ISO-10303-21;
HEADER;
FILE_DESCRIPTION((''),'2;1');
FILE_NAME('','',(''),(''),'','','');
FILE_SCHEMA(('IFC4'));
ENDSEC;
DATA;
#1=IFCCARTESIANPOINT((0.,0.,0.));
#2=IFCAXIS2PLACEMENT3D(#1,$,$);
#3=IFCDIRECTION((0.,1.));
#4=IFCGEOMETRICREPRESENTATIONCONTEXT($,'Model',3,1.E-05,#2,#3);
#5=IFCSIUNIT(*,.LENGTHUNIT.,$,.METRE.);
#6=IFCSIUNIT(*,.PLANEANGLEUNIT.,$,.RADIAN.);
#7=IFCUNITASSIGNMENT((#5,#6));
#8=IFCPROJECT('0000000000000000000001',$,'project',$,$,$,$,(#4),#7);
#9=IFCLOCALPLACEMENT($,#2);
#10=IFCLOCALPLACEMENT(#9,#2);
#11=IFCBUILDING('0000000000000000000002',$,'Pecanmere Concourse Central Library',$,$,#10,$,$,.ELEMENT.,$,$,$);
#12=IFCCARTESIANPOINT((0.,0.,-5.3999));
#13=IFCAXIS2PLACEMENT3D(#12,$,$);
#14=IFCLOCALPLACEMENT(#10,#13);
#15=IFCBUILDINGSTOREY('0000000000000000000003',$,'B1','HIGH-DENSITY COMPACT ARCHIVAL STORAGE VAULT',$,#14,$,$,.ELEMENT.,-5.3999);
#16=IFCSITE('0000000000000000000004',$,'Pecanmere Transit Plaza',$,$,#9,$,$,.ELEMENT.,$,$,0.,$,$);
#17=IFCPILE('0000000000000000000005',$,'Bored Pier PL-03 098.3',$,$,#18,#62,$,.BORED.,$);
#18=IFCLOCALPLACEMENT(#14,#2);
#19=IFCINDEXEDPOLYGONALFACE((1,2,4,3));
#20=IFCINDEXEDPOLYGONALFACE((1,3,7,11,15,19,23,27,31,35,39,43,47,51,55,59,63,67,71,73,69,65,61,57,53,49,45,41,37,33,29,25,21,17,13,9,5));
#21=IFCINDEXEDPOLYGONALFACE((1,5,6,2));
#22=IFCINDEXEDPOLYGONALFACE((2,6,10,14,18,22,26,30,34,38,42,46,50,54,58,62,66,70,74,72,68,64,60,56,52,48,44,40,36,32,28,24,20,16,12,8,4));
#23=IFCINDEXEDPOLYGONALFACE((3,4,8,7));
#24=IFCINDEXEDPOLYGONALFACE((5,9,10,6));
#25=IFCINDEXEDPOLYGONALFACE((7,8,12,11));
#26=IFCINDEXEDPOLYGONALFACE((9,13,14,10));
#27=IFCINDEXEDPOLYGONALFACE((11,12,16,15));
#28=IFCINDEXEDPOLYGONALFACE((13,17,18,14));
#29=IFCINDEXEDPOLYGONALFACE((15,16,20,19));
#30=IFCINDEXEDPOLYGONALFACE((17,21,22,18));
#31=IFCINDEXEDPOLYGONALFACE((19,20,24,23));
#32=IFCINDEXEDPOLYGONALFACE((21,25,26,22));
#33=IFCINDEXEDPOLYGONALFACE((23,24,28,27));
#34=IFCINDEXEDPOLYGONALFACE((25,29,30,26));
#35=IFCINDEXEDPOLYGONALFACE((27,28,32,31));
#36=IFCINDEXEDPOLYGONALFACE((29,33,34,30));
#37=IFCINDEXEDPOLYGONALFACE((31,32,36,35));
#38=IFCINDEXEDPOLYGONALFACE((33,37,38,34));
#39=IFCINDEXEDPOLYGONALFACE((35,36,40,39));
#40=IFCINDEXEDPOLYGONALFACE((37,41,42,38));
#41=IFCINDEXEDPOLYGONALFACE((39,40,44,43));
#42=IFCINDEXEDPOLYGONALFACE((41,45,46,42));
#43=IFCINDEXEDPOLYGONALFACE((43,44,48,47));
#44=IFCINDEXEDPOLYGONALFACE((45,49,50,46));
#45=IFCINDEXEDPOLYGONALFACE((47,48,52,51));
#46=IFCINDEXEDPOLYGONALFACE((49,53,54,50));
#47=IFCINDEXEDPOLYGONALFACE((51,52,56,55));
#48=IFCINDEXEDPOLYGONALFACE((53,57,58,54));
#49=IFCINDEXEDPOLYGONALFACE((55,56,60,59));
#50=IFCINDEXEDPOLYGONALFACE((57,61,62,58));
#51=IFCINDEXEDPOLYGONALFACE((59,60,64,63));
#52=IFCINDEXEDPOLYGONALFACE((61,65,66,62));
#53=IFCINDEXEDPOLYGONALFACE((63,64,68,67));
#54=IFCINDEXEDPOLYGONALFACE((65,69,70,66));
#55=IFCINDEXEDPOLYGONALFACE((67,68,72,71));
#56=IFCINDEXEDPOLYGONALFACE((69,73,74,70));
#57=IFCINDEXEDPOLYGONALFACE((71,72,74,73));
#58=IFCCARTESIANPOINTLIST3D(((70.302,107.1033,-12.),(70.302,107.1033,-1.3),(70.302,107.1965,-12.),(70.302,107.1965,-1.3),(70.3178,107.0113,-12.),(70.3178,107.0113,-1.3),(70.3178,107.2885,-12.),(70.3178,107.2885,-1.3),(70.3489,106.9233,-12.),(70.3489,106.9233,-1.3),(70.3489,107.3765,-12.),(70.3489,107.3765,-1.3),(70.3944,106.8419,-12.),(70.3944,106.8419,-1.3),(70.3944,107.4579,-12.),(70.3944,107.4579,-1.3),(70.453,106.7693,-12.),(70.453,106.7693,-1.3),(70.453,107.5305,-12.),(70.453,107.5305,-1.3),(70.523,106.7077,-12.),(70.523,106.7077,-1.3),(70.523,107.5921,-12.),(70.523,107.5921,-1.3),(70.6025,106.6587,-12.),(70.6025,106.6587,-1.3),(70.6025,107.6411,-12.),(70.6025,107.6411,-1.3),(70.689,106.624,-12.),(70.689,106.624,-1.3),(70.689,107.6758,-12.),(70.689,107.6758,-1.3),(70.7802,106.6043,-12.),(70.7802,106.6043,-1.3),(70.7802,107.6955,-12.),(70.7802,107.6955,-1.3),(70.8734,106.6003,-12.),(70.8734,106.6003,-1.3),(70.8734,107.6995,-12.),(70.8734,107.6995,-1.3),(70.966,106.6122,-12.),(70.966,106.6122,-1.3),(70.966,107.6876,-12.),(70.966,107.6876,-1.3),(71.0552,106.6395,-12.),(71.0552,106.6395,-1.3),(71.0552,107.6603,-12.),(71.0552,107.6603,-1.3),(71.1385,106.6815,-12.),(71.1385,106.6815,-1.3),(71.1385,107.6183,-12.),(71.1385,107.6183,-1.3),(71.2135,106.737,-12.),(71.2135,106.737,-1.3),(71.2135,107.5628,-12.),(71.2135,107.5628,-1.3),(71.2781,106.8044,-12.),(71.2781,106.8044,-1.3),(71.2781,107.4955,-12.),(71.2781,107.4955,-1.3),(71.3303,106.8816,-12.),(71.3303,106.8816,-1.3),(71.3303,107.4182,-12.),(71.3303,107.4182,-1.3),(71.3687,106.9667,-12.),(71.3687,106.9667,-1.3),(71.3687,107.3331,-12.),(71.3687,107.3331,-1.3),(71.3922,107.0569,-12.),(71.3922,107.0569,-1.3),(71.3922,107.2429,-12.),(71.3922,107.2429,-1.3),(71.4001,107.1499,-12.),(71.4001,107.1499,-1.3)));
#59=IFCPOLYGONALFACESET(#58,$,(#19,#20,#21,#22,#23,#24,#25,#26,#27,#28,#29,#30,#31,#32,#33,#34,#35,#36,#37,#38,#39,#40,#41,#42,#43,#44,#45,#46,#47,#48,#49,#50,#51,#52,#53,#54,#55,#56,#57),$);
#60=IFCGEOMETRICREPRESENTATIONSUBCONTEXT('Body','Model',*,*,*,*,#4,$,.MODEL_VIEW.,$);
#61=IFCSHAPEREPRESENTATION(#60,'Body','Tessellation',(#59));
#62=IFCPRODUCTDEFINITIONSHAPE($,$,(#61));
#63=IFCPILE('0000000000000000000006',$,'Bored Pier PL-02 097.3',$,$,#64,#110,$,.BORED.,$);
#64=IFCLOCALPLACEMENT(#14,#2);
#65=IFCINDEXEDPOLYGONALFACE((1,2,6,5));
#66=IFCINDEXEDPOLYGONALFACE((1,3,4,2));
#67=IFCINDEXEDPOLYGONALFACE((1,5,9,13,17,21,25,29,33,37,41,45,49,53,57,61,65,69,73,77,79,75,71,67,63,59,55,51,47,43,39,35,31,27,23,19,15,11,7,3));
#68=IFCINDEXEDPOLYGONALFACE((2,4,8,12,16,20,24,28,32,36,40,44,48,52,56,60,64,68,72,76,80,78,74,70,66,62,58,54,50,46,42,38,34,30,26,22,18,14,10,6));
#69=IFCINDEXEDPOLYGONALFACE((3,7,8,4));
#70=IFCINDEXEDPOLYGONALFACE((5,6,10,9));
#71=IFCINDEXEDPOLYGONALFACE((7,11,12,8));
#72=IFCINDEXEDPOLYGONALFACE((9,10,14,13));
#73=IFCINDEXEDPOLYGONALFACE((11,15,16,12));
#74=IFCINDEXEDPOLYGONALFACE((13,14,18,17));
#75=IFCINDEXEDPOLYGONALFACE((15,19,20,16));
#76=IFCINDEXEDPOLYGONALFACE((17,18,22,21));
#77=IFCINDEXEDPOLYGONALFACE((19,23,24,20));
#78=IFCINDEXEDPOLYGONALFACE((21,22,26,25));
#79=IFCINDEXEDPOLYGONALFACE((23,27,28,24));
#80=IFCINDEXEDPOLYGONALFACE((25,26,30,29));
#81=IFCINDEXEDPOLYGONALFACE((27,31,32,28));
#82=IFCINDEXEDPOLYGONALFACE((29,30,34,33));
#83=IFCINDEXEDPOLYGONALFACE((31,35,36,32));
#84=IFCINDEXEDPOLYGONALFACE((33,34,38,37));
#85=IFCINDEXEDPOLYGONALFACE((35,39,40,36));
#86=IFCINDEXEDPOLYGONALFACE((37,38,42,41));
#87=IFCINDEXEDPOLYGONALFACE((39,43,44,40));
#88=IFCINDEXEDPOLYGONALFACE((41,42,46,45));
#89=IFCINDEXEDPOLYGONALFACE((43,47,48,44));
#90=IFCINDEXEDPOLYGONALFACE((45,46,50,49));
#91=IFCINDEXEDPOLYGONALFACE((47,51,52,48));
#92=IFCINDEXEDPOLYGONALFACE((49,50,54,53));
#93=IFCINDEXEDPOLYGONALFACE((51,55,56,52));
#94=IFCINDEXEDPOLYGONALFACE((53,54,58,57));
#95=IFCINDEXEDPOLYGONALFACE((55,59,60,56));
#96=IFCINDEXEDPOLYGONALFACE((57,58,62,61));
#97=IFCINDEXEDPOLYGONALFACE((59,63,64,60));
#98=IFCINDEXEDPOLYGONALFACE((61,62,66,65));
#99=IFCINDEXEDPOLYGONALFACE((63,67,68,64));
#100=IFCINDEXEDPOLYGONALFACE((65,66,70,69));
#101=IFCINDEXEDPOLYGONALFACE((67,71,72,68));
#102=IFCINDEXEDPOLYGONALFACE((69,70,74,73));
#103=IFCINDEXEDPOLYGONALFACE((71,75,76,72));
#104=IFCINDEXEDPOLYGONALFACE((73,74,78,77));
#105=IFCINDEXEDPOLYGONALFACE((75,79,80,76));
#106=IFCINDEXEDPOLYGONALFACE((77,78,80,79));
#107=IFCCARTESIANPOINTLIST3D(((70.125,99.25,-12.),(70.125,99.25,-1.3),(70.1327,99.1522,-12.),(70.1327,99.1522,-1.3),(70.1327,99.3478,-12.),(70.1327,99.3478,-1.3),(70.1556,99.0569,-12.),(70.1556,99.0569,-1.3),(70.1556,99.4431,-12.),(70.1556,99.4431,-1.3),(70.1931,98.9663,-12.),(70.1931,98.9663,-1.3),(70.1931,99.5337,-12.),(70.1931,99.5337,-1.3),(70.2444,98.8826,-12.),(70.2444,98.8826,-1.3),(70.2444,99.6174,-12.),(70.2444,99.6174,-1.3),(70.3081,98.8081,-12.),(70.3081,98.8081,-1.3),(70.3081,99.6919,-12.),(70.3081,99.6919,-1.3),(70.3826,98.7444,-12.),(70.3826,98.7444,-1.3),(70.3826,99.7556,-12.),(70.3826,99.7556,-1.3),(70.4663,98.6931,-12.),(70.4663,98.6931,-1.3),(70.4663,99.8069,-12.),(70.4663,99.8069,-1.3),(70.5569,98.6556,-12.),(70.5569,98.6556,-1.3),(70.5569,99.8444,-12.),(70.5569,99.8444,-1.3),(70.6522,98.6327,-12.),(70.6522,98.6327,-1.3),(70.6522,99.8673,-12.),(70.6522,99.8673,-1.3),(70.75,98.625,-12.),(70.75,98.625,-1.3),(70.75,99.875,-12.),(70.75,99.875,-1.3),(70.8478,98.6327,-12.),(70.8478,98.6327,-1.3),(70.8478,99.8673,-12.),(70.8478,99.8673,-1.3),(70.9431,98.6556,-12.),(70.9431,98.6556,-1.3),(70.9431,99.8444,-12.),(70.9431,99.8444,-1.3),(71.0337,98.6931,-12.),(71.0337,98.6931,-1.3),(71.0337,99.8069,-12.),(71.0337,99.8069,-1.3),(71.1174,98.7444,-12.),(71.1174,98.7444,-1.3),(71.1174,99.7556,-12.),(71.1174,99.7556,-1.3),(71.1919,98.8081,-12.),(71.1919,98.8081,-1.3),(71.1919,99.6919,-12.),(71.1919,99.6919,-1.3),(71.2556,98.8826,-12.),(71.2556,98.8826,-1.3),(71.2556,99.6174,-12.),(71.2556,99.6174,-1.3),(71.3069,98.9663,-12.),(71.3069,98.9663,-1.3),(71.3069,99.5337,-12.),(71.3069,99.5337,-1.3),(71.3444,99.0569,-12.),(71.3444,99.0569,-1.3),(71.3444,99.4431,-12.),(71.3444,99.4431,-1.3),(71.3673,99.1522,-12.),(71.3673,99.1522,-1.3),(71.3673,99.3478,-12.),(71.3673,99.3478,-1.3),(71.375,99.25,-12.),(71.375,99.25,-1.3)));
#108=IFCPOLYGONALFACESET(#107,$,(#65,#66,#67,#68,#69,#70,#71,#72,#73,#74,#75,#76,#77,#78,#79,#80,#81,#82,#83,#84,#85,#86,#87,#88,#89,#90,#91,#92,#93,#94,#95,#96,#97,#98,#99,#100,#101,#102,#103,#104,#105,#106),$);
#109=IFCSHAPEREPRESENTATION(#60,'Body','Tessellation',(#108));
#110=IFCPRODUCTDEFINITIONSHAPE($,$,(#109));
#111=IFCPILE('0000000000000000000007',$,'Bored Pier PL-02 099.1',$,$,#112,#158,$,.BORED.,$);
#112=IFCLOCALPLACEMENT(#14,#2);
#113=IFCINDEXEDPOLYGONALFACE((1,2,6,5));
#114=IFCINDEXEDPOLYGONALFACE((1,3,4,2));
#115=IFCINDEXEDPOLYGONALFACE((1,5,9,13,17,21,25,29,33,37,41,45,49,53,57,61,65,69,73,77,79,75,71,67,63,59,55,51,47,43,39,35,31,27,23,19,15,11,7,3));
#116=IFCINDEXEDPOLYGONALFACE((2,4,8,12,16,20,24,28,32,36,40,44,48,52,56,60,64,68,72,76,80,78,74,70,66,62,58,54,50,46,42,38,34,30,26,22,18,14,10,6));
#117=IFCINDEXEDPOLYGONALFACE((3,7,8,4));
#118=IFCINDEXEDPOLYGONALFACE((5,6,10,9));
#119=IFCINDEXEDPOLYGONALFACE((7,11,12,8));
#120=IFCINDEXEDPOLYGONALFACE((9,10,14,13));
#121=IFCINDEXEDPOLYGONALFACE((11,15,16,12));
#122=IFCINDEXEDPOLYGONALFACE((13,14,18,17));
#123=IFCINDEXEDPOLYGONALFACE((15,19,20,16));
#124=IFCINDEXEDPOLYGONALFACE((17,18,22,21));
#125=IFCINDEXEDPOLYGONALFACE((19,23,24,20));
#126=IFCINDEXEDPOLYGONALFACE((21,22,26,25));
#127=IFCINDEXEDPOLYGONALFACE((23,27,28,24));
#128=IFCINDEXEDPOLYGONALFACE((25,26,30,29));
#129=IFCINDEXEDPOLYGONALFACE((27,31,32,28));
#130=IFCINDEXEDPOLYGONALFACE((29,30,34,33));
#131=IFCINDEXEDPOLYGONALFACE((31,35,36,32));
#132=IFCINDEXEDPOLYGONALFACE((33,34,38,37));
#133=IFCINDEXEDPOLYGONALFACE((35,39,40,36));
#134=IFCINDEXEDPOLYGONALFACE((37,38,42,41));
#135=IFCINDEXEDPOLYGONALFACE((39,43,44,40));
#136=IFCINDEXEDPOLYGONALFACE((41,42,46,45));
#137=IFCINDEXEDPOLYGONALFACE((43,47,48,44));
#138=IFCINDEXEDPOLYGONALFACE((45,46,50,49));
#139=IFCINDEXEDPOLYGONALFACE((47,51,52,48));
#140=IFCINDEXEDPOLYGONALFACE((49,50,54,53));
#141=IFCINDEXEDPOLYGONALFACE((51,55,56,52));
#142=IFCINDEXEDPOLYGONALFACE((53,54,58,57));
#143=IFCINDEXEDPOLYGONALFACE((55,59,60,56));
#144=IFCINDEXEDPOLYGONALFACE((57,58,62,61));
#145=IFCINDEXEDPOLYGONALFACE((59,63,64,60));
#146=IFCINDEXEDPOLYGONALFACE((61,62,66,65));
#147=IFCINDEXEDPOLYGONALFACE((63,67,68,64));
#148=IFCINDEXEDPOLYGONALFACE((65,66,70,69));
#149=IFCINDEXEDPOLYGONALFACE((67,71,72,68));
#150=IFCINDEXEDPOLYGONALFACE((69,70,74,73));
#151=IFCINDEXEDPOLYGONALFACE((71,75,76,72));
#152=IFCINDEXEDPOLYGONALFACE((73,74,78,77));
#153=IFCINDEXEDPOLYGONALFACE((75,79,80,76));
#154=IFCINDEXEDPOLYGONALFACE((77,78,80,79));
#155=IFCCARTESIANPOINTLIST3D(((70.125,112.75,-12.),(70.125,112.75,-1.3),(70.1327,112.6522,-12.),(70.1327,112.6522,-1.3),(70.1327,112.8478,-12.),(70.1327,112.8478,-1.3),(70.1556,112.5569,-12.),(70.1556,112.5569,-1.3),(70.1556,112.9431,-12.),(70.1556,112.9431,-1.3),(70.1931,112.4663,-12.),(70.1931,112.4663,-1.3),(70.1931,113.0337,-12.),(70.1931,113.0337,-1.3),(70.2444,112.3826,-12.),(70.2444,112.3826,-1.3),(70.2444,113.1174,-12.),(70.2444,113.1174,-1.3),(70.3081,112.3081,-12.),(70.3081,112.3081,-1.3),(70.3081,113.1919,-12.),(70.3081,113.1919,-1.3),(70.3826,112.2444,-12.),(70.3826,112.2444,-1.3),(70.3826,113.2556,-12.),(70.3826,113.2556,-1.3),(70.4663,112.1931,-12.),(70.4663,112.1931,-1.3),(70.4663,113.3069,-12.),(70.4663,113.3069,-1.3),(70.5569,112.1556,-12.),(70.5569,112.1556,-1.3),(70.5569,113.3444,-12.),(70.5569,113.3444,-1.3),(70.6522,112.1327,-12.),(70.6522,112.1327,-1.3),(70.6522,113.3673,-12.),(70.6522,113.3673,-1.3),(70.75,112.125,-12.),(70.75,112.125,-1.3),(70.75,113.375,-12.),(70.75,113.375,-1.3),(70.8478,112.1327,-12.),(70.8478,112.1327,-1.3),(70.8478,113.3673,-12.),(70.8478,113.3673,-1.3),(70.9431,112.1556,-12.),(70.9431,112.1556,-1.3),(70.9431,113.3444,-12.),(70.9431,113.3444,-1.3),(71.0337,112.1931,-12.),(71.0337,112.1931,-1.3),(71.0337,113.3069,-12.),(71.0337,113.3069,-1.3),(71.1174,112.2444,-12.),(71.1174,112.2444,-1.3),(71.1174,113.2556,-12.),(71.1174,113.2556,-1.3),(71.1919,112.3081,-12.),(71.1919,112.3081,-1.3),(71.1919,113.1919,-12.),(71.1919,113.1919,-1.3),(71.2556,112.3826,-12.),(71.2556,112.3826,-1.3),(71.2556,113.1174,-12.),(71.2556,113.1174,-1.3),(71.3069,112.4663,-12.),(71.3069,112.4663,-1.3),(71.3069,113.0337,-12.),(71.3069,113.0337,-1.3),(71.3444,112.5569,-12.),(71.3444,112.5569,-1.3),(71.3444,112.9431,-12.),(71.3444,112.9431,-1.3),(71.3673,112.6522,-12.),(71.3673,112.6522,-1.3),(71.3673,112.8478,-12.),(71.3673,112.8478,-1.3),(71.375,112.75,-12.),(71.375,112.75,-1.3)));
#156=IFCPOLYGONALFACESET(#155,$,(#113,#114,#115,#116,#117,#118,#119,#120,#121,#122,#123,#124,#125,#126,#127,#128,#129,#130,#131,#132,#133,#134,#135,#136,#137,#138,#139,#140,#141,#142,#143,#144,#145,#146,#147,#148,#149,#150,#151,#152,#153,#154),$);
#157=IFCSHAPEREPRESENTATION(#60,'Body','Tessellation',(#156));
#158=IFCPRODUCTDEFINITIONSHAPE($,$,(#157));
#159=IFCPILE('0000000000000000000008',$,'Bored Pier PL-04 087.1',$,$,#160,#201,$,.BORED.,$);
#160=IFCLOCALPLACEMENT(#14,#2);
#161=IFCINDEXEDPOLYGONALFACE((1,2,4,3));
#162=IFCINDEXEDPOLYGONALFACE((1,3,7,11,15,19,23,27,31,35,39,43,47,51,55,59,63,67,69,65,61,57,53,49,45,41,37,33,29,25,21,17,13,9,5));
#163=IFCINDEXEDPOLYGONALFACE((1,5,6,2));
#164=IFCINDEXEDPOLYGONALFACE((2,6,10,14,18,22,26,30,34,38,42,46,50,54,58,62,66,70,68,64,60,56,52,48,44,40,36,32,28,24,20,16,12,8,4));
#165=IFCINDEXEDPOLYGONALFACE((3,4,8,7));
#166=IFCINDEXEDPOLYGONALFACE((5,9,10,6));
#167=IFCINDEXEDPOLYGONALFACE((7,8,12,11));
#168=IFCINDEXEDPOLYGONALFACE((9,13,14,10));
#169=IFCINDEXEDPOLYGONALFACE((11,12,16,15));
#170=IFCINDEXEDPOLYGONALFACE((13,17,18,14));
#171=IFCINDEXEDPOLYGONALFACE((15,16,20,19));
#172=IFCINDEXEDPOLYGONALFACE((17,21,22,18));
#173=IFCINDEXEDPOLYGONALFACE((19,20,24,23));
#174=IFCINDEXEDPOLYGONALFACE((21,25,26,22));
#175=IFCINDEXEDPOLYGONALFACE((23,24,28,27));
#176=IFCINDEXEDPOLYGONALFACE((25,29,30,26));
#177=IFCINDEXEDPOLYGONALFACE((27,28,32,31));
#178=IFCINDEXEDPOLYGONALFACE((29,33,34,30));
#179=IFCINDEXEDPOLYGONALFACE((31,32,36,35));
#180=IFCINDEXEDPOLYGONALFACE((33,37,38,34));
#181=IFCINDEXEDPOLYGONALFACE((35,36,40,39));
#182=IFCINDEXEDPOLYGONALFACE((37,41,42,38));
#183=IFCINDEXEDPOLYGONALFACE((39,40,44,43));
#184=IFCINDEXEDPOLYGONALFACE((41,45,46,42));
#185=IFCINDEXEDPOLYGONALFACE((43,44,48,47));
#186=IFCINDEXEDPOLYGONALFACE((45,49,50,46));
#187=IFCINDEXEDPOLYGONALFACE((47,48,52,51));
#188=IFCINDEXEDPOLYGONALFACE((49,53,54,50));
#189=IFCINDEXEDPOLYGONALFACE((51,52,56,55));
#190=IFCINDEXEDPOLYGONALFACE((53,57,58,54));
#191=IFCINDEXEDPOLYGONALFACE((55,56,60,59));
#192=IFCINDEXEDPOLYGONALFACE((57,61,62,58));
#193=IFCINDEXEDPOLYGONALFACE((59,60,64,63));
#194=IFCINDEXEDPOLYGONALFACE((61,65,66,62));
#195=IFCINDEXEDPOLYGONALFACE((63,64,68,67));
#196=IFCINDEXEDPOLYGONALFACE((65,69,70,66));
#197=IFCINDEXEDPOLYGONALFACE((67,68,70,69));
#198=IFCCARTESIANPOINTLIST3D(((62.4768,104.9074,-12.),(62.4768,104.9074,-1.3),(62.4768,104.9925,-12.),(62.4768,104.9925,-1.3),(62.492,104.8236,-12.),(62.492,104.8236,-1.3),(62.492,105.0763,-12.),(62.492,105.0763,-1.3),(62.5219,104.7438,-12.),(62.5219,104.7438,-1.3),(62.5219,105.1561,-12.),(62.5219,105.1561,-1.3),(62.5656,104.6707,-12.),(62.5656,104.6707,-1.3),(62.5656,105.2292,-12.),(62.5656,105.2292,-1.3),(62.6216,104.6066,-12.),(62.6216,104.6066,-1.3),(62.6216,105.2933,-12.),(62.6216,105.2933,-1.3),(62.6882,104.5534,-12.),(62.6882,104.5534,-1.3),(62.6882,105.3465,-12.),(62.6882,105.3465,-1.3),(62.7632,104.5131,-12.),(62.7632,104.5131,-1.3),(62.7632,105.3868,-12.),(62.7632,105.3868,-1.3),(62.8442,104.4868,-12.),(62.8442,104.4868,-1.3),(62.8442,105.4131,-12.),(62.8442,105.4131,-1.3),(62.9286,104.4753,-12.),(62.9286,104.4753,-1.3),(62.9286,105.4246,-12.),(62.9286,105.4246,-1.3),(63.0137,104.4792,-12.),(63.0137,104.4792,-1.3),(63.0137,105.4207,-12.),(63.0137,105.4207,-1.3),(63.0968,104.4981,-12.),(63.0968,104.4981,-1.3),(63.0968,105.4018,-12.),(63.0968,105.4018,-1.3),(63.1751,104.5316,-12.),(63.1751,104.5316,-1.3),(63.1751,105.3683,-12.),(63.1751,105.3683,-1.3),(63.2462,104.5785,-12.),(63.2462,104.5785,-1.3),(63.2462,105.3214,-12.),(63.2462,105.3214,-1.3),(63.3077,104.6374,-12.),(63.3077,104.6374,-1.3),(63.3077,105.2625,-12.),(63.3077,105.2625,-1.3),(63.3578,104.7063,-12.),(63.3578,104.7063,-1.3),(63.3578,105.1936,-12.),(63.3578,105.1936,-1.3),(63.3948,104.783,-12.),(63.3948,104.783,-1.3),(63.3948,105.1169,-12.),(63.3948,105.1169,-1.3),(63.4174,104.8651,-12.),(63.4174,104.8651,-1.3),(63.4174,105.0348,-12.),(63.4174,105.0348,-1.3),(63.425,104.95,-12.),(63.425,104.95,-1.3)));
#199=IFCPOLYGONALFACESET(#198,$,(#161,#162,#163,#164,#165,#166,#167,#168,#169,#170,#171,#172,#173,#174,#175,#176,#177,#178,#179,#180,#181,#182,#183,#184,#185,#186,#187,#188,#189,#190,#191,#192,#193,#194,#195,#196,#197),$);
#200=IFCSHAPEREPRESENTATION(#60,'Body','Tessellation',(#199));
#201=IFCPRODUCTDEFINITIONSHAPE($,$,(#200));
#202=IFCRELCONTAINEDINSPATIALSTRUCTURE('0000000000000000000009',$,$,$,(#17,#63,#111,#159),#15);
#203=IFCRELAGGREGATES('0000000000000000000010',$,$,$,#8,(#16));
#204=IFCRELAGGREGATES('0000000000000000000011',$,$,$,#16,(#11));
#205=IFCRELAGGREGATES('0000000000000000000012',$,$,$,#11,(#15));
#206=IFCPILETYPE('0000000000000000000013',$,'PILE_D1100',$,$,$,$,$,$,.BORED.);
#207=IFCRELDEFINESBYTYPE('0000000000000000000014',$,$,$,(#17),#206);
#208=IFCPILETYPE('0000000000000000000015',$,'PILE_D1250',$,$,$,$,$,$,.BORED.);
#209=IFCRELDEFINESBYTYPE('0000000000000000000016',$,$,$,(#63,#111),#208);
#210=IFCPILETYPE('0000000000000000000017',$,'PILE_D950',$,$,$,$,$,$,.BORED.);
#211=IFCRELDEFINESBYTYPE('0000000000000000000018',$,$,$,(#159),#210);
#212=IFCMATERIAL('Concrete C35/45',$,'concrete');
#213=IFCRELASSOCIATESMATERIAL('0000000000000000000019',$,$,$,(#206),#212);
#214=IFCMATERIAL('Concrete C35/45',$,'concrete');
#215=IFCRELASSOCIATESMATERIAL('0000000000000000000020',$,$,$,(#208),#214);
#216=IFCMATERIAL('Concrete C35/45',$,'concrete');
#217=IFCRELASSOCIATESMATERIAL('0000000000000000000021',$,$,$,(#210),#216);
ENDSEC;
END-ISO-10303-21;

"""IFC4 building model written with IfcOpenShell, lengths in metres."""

from ifc_helpers import new_model, si_unit, direction, frame, origin, origin_2d, place, context, subcontext, project, spatial, circle, extrude, material, material_profile, profile_set, type_object, element, save


model = new_model("IFC4")

# Units and contexts
model_context = context("Model", 3, precision=1e-05, world=origin(), true_north=direction((0.0, 1.0)))
body_context = subcontext(model_context, "Body", "Model", "MODEL_VIEW")
ifc_project = project(units=[si_unit("LENGTHUNIT", "METRE"), si_unit("PLANEANGLEUNIT", "RADIAN")], contexts=[model_context])

# Site, building, storey
site_placement = place(None, origin())
site = spatial("IfcSite", under=ifc_project, at=site_placement, Name="Pecanmere Transit Plaza", CompositionType="ELEMENT", RefElevation=0.0)
building_placement = place(site_placement, origin())
building = spatial("IfcBuilding", under=site, at=building_placement, Name="Pecanmere Concourse Central Library", CompositionType="ELEMENT")
storey_placement = place(building_placement, frame((0.0, 0.0, -5.3999)))
storey = spatial("IfcBuildingStorey", under=building, at=storey_placement, Name="B1", Description="HIGH-DENSITY COMPACT ARCHIVAL STORAGE VAULT", CompositionType="ELEMENT", Elevation=-5.3999)

# Piles
ifc_material_1 = material(Name="Concrete C35/45", Category="concrete")
ifc_material_profile_1 = material_profile(ifc_material_1, circle(Radius=0.55, at=origin_2d()), Name="PIER D1100")
ifc_profile_set_1 = profile_set([ifc_material_profile_1], Name="Concrete C35/45")
pile_type_1 = type_object("IfcPileType", Name="PILE_D1100", PredefinedType="BORED", material=ifc_profile_set_1)
for number, where, z_axis, x_axis, name in (
    (1, (70.8501, 107.1499, -1.3), (0.0, 0.0, -1.0), (1.0, 0.0, 0.0), "Bored Pier PL-03 098.3"),
):
    element("IfcPile", number, at=place(storey_placement, frame(where, z_axis=z_axis, x_axis=x_axis)), inside=storey, type_object=pile_type_1, Name=name, PredefinedType="BORED", context=body_context, shape_type="SweptSolid", body=[
        extrude(circle(Radius=0.55, at=origin_2d()), origin(), (0.0, 0.0, 1.0), 10.7),
    ])
ifc_material_2 = material(Name="Concrete C35/45", Category="concrete")
ifc_material_profile_2 = material_profile(ifc_material_2, circle(Radius=0.625, at=origin_2d()), Name="PIER D1250")
ifc_profile_set_2 = profile_set([ifc_material_profile_2], Name="Concrete C35/45")
pile_type_2 = type_object("IfcPileType", Name="PILE_D1250", PredefinedType="BORED", material=ifc_profile_set_2)
for number, where, z_axis, x_axis, name in (
    (2, (70.75, 99.25, -1.3), (0.0, 0.0, -1.0), (1.0, 0.0, 0.0), "Bored Pier PL-02 097.3"),
    (3, (70.75, 112.75, -1.3), (0.0, 0.0, -1.0), (1.0, 0.0, 0.0), "Bored Pier PL-02 099.1"),
):
    element("IfcPile", number, at=place(storey_placement, frame(where, z_axis=z_axis, x_axis=x_axis)), inside=storey, type_object=pile_type_2, Name=name, PredefinedType="BORED", context=body_context, shape_type="SweptSolid", body=[
        extrude(circle(Radius=0.625, at=origin_2d()), origin(), (0.0, 0.0, 1.0), 10.7),
    ])
ifc_material_3 = material(Name="Concrete C35/45", Category="concrete")
ifc_material_profile_3 = material_profile(ifc_material_3, circle(Radius=0.4751, at=origin_2d()), Name="PIER D950")
ifc_profile_set_3 = profile_set([ifc_material_profile_3], Name="Concrete C35/45")
pile_type_3 = type_object("IfcPileType", Name="PILE_D950", PredefinedType="BORED", material=ifc_profile_set_3)
for number, where, z_axis, x_axis, name in (
    (4, (62.95, 104.95, -1.3), (0.0, 0.0, -1.0), (1.0, 0.0, 0.0), "Bored Pier PL-04 087.1"),
):
    element("IfcPile", number, at=place(storey_placement, frame(where, z_axis=z_axis, x_axis=x_axis)), inside=storey, type_object=pile_type_3, Name=name, PredefinedType="BORED", context=body_context, shape_type="SweptSolid", body=[
        extrude(circle(Radius=0.4751, at=origin_2d()), origin(), (0.0, 0.0, 1.0), 10.7),
    ])

save(model, "model.ifc")
